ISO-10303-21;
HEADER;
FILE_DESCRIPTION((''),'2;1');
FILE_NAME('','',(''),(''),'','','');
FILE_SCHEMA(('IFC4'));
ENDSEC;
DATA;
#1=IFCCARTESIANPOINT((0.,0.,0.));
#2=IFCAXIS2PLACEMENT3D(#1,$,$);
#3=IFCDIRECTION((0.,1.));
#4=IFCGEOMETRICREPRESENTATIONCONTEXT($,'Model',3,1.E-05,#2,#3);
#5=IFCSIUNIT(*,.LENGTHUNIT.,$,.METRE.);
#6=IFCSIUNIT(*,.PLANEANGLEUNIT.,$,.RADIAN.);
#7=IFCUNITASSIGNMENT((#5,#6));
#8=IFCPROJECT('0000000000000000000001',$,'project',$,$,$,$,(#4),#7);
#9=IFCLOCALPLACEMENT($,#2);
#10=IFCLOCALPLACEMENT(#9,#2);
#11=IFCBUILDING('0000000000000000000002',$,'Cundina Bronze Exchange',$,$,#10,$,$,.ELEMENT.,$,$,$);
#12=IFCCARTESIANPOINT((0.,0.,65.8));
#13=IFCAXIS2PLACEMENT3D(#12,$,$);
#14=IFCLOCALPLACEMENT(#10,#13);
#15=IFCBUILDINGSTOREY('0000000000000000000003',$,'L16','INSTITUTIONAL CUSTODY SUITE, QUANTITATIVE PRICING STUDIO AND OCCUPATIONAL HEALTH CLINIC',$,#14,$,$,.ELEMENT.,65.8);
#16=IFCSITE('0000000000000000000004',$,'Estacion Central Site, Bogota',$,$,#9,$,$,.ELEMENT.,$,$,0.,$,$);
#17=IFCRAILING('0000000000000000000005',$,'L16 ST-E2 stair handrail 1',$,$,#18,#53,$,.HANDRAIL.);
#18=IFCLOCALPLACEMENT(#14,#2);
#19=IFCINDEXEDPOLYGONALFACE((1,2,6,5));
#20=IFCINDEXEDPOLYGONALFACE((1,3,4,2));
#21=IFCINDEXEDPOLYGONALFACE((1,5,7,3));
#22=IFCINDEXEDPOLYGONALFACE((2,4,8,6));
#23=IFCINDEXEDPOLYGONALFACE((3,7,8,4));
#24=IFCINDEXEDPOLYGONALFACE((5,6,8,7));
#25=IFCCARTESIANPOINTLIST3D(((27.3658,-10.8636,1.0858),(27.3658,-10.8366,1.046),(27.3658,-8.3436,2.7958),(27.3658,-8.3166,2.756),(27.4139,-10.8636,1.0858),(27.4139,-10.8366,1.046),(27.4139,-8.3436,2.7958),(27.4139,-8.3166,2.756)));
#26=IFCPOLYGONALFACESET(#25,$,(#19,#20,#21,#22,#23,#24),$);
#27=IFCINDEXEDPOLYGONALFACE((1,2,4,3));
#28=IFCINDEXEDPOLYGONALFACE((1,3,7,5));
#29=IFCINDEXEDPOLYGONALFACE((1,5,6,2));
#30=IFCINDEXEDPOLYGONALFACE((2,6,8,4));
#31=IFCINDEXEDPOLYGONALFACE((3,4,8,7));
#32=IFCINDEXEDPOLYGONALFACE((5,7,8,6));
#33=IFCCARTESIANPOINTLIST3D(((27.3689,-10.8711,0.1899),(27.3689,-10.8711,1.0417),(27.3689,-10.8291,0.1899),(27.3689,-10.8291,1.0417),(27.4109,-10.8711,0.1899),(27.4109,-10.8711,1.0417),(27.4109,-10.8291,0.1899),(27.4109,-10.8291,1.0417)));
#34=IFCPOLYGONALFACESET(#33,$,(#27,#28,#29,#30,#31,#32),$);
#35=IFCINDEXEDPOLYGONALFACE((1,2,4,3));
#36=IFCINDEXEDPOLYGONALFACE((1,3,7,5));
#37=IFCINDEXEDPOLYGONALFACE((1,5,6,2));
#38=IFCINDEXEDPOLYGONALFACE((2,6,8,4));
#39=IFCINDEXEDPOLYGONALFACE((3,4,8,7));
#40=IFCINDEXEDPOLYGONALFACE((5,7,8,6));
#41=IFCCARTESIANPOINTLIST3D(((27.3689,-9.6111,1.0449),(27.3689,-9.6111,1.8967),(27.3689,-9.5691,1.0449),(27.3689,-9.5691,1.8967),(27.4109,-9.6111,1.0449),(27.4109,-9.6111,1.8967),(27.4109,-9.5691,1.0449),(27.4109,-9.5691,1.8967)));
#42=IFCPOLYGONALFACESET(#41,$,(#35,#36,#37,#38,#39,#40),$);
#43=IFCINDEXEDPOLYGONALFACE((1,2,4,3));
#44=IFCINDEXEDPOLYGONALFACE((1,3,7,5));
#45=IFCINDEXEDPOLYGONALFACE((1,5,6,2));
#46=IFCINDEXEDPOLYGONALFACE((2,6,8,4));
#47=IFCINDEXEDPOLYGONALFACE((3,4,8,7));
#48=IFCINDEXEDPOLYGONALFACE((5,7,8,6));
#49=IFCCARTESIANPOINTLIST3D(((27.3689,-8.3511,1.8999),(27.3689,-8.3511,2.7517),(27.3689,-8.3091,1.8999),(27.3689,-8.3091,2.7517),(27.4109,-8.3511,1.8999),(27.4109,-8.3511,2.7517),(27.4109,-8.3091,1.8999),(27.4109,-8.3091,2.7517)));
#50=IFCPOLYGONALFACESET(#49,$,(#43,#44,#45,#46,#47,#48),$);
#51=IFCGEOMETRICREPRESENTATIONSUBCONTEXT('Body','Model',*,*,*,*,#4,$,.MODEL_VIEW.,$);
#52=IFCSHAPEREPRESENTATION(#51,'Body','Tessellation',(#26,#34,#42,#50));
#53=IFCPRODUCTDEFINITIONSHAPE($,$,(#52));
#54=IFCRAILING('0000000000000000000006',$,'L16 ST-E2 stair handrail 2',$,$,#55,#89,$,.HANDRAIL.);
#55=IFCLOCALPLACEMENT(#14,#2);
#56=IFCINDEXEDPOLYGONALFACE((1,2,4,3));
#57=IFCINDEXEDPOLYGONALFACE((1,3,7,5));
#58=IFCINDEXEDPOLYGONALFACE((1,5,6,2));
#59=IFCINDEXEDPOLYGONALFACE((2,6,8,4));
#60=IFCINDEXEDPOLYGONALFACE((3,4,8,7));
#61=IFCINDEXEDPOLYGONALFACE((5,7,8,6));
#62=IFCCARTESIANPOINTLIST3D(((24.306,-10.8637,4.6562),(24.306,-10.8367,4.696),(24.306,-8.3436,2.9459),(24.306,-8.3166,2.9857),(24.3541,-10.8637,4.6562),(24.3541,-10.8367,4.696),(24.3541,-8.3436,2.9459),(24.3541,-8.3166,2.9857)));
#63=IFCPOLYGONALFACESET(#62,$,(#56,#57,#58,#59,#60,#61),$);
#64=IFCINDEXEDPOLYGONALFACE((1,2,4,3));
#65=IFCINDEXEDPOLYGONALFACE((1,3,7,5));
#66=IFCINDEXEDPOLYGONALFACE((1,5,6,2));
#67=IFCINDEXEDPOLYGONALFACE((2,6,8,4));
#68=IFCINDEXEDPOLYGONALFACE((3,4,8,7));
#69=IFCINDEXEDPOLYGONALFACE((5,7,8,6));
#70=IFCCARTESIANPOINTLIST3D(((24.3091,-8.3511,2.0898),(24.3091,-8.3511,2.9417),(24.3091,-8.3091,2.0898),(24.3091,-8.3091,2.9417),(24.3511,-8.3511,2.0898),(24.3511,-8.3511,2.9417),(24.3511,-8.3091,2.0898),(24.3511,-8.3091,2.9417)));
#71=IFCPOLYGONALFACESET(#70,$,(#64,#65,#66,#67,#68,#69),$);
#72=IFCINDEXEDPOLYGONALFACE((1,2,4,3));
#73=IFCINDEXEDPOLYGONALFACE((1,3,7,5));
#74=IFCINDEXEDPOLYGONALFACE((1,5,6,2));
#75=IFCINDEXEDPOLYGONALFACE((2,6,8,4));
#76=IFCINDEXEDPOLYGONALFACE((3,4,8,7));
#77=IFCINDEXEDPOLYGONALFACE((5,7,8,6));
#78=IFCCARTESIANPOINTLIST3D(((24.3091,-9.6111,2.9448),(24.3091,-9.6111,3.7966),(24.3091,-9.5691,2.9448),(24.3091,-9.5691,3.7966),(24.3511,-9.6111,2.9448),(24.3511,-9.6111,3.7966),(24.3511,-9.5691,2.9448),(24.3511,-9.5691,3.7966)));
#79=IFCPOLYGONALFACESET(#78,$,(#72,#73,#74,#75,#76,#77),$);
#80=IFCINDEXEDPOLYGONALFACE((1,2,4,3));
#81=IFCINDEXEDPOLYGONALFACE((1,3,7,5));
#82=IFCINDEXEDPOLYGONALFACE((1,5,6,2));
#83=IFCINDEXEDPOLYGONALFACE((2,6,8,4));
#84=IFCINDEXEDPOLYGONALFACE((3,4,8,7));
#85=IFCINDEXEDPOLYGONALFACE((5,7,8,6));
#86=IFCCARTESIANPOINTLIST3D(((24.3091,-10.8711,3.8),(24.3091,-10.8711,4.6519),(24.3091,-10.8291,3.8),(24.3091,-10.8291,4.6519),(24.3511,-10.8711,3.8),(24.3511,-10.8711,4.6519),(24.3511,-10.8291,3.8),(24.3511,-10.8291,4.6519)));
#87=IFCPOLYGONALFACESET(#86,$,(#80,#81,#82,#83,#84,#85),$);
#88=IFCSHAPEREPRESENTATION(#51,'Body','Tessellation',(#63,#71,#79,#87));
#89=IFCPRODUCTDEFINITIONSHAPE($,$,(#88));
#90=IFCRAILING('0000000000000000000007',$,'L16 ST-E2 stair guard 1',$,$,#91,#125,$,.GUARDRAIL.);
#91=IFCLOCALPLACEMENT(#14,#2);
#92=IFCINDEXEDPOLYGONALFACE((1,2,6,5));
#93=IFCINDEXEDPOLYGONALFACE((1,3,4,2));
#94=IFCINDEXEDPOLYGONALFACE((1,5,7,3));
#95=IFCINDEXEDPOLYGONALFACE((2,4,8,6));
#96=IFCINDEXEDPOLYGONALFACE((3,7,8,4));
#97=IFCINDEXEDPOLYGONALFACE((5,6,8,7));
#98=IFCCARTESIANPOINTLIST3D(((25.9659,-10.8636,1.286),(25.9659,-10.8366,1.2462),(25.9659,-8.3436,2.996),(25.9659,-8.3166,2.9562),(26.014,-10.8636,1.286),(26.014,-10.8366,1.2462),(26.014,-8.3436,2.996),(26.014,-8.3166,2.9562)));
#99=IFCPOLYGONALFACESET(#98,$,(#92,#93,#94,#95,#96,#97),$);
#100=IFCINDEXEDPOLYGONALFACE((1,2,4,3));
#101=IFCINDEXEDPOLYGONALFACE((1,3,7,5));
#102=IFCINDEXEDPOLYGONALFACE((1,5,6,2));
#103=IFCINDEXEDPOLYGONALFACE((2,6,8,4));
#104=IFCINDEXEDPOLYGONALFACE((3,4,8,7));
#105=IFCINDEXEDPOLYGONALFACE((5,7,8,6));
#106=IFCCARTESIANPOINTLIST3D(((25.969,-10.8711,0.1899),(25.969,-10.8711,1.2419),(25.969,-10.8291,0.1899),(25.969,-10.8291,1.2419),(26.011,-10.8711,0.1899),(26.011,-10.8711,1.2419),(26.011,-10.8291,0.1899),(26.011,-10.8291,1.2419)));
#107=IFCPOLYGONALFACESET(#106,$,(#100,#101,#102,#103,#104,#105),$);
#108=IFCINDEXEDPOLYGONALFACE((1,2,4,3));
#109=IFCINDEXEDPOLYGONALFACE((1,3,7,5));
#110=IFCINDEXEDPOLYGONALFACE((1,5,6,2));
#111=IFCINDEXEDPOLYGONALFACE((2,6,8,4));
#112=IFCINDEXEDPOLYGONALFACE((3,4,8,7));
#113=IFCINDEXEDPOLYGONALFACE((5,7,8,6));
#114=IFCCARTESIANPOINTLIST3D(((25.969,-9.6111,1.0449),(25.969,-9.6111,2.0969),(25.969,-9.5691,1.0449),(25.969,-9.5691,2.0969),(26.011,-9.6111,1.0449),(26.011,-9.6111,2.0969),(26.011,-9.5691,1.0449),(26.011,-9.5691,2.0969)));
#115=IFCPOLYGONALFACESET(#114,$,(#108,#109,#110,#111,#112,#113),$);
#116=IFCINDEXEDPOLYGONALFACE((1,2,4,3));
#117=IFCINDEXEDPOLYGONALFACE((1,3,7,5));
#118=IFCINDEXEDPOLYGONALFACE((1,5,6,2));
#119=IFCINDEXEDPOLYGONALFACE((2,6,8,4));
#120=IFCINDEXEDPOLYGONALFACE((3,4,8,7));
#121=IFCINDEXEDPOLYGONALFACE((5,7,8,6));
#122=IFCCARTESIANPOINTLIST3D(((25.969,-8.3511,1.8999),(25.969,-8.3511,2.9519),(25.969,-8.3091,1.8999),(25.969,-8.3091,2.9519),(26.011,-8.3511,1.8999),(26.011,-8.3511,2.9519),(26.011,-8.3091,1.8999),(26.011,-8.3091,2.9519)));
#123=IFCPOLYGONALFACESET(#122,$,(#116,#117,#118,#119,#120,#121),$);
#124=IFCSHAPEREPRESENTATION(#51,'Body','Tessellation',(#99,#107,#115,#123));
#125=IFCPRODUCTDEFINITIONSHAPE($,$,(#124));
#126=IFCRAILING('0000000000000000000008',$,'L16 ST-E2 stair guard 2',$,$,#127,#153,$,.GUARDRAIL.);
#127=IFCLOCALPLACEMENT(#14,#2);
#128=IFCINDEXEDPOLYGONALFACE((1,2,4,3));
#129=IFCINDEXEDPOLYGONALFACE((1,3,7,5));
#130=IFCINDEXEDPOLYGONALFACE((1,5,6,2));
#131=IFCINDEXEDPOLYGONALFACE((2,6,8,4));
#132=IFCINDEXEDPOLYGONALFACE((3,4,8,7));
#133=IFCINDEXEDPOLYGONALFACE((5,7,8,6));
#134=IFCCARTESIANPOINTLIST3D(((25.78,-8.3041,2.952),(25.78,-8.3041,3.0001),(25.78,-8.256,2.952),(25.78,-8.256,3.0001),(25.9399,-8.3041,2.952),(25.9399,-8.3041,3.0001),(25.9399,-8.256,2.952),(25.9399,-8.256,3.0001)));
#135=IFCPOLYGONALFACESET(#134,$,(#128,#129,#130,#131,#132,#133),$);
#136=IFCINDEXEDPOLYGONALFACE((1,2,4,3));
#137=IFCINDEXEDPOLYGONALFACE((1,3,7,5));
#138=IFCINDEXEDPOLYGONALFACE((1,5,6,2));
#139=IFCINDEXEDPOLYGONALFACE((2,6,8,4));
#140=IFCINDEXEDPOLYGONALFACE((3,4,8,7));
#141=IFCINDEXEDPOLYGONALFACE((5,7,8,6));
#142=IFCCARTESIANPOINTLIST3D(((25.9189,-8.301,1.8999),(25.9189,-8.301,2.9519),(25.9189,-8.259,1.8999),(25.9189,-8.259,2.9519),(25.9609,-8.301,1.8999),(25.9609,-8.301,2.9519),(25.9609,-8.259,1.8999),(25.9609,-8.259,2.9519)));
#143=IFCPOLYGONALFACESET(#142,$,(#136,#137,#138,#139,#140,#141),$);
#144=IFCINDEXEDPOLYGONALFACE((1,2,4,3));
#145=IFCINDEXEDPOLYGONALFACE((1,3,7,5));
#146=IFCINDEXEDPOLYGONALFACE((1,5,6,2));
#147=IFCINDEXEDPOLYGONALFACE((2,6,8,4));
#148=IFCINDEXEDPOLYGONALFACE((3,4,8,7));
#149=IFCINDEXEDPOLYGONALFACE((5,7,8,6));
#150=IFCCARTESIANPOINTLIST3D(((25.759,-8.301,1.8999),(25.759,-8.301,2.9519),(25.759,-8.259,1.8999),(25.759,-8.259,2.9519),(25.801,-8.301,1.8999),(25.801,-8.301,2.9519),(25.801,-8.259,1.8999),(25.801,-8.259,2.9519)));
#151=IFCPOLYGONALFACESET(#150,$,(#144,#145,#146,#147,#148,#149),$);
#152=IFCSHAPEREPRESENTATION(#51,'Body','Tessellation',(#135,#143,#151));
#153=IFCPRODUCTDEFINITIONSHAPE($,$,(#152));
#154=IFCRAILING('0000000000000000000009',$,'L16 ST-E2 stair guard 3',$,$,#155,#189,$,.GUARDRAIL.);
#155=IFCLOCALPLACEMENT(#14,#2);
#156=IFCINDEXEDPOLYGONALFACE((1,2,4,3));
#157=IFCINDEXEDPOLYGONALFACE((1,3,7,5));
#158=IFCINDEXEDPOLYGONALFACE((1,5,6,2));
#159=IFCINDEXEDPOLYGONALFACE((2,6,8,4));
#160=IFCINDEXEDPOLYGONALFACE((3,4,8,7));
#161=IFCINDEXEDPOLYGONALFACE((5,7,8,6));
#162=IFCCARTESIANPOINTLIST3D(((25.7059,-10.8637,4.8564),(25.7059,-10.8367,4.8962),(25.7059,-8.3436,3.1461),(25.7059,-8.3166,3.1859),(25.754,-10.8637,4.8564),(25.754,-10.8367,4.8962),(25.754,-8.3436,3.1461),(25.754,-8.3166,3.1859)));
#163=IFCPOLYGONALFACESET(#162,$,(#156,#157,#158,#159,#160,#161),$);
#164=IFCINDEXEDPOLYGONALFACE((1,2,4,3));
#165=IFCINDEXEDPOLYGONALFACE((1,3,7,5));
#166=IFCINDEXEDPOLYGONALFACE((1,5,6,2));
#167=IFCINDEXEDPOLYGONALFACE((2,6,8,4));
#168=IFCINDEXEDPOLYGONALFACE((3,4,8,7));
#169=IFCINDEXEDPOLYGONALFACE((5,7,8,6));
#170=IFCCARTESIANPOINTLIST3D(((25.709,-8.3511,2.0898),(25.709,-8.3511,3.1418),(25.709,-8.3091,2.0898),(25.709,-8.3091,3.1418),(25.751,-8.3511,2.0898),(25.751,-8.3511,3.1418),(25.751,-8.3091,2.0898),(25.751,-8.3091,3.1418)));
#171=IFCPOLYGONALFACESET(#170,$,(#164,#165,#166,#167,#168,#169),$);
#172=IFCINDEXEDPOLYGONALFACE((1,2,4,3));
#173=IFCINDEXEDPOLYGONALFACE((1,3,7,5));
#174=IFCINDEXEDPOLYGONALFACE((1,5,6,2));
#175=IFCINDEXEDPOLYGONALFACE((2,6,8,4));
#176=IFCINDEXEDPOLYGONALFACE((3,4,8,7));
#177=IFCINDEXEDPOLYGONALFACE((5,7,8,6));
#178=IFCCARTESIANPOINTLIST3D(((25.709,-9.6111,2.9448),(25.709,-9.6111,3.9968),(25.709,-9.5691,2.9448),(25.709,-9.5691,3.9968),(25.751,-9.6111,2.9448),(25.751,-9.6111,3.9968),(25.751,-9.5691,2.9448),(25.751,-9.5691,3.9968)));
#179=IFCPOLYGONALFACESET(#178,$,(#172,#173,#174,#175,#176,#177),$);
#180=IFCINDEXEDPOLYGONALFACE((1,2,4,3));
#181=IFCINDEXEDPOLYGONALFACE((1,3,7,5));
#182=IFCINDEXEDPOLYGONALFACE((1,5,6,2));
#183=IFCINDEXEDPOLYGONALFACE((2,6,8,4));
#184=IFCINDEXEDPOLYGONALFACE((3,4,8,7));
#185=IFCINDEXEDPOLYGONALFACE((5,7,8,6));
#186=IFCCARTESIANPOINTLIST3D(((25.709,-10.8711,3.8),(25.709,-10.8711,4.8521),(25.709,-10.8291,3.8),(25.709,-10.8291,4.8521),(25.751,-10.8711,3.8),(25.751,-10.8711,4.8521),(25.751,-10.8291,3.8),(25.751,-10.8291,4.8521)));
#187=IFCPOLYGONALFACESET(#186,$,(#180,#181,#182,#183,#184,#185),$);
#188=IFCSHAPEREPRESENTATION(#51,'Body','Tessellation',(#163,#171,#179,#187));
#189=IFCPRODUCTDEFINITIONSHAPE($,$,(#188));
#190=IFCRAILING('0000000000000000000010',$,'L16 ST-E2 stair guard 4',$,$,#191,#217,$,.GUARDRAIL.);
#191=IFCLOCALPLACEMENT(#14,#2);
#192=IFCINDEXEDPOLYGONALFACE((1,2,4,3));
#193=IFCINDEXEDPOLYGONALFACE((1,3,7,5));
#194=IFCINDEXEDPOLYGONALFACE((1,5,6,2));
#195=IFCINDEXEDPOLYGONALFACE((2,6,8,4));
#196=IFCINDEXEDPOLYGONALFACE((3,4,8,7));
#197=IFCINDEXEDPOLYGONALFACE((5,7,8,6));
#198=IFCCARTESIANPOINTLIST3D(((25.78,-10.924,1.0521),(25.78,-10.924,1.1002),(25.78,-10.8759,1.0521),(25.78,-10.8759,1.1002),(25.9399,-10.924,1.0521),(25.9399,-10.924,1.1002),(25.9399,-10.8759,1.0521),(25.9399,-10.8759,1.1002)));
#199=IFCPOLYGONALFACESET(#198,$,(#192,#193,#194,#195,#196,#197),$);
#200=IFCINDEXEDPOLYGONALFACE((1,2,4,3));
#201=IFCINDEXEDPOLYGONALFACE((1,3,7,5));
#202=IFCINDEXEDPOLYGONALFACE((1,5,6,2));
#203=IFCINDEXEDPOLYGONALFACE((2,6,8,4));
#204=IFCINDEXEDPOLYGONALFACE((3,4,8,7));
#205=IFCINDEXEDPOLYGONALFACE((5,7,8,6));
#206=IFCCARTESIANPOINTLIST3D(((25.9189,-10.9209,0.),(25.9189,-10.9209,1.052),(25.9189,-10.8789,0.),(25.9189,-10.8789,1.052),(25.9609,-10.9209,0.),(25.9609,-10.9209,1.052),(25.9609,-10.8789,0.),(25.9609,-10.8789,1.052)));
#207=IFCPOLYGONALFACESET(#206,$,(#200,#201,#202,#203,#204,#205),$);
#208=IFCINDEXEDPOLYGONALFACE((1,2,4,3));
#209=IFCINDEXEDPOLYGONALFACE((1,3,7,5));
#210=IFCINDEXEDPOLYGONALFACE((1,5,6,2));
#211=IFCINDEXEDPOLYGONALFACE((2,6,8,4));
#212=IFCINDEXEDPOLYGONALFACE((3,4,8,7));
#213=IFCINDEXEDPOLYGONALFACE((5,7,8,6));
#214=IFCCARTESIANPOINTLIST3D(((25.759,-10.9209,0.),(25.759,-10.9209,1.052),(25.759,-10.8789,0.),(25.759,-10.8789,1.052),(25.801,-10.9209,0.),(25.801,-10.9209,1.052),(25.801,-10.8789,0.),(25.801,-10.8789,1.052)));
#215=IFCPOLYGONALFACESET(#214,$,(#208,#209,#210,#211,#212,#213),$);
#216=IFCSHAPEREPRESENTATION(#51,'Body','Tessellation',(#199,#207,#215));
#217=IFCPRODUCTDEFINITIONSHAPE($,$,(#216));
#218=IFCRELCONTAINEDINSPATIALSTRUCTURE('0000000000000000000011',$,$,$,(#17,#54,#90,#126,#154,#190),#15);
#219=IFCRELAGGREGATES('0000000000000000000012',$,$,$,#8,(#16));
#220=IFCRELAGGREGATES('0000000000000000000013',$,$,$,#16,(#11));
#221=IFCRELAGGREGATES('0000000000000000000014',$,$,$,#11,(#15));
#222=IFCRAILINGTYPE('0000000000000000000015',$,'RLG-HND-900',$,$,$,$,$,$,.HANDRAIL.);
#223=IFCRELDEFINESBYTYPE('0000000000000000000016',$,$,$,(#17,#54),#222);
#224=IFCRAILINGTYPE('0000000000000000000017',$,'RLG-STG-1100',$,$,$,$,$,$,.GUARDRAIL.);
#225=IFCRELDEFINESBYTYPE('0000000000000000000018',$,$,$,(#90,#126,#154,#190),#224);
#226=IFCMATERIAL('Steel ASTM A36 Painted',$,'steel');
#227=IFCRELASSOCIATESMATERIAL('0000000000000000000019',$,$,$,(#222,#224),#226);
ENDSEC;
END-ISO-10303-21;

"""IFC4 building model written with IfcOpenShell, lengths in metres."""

from ifc_helpers import new_model, si_unit, direction, frame, origin, origin_2d, place, context, subcontext, project, spatial, rectangle, extrude, material, type_object, element, save


model = new_model("IFC4")

# Units and contexts
model_context = context("Model", 3, precision=1e-05, world=origin(), true_north=direction((0.0, 1.0)))
body_context = subcontext(model_context, "Body", "Model", "MODEL_VIEW")
ifc_project = project(units=[si_unit("LENGTHUNIT", "METRE"), si_unit("PLANEANGLEUNIT", "RADIAN")], contexts=[model_context])

# Site, building, storey
site_placement = place(None, origin())
site = spatial("IfcSite", under=ifc_project, at=site_placement, Name="Estacion Central Site, Bogota", CompositionType="ELEMENT", RefElevation=0.0)
building_placement = place(site_placement, origin())
building = spatial("IfcBuilding", under=site, at=building_placement, Name="Cundina Bronze Exchange", CompositionType="ELEMENT")
storey_placement = place(building_placement, frame((0.0, 0.0, 65.8)))
storey = spatial("IfcBuildingStorey", under=building, at=storey_placement, Name="L16", Description="INSTITUTIONAL CUSTODY SUITE, QUANTITATIVE PRICING STUDIO AND OCCUPATIONAL HEALTH CLINIC", CompositionType="ELEMENT", Elevation=65.8)

# Shared definitions
ifc_material_1 = material(Name="Steel ASTM A36 Painted", Category="steel")

# Railings
railing_type_1 = type_object("IfcRailingType", Name="RLG-HND-900", PredefinedType="HANDRAIL", material=ifc_material_1)
railing_1_placement = place(storey_placement, frame((27.3899, -10.8501, 0.1899)))
element("IfcRailing", 1, at=railing_1_placement, inside=storey, type_object=railing_type_1, Name="L16 ST-E2 stair handrail 1", PredefinedType="HANDRAIL", context=body_context, shape_type="SweptSolid", body=[
    extrude(rectangle(XDim=0.0481, YDim=0.0481, at=origin_2d()), frame((0.0, 0.0, 0.876), z_axis=(0.0, 0.827484, 0.56149), x_axis=(-1.0, 0.0, 0.0)), (0.0, 0.0, 1.0), 3.0454),
    extrude(rectangle(XDim=0.042, YDim=0.042, at=origin_2d()), origin(), (0.0, 0.0, 1.0), 0.8518),
    extrude(rectangle(XDim=0.042, YDim=0.042, at=origin_2d()), frame((0.0, 1.26, 0.855)), (0.0, 0.0, 1.0), 0.8518),
    extrude(rectangle(XDim=0.042, YDim=0.042, at=origin_2d()), frame((0.0, 2.52, 1.71)), (0.0, 0.0, 1.0), 0.8518),
])
railing_2_placement = place(storey_placement, frame((24.3301, -8.3301, 2.0898)))
element("IfcRailing", 2, at=railing_2_placement, inside=storey, type_object=railing_type_1, Name="L16 ST-E2 stair handrail 2", PredefinedType="HANDRAIL", context=body_context, shape_type="SweptSolid", body=[
    extrude(rectangle(XDim=0.0481, YDim=0.0481, at=origin_2d()), frame((0.0, 0.0, 0.876), z_axis=(0.0, -0.827447, 0.561545), x_axis=(1.0, 0.0, 0.0)), (0.0, 0.0, 1.0), 3.0457),
    extrude(rectangle(XDim=0.042, YDim=0.042, at=origin_2d()), origin(), (0.0, 0.0, 1.0), 0.8518),
    extrude(rectangle(XDim=0.042, YDim=0.042, at=origin_2d()), frame((0.0, -1.26, 0.855)), (0.0, 0.0, 1.0), 0.8518),
    extrude(rectangle(XDim=0.042, YDim=0.042, at=origin_2d()), frame((0.0, -2.52, 1.7102)), (0.0, 0.0, 1.0), 0.8518),
])
railing_type_2 = type_object("IfcRailingType", Name="RLG-STG-1100", PredefinedType="GUARDRAIL", material=ifc_material_1)
railing_3_placement = place(storey_placement, frame((25.99, -10.8501, 0.1899)))
element("IfcRailing", 3, at=railing_3_placement, inside=storey, type_object=railing_type_2, Name="L16 ST-E2 stair guard 1", PredefinedType="GUARDRAIL", context=body_context, shape_type="SweptSolid", body=[
    extrude(rectangle(XDim=0.0481, YDim=0.0481, at=origin_2d()), frame((0.0, 0.0, 1.0762), z_axis=(0.0, 0.827484, 0.56149), x_axis=(-1.0, 0.0, 0.0)), (0.0, 0.0, 1.0), 3.0454),
    extrude(rectangle(XDim=0.042, YDim=0.042, at=origin_2d()), origin(), (0.0, 0.0, 1.0), 1.052),
    extrude(rectangle(XDim=0.042, YDim=0.042, at=origin_2d()), frame((0.0, 1.26, 0.855)), (0.0, 0.0, 1.0), 1.052),
    extrude(rectangle(XDim=0.042, YDim=0.042, at=origin_2d()), frame((0.0, 2.52, 1.71)), (0.0, 0.0, 1.0), 1.052),
])
railing_4_placement = place(storey_placement, frame((25.9399, -8.28, 1.8999)))
element("IfcRailing", 4, at=railing_4_placement, inside=storey, type_object=railing_type_2, Name="L16 ST-E2 stair guard 2", PredefinedType="GUARDRAIL", context=body_context, shape_type="SweptSolid", body=[
    extrude(rectangle(XDim=0.0481, YDim=0.0481, at=origin_2d()), frame((0.0, 0.0, 1.0762), z_axis=(-1.0, 0.0, 0.0), x_axis=(0.0, -1.0, 0.0)), (0.0, 0.0, 1.0), 0.1599),
    extrude(rectangle(XDim=0.042, YDim=0.042, at=origin_2d()), origin(), (0.0, 0.0, 1.0), 1.052),
    extrude(rectangle(XDim=0.042, YDim=0.042, at=origin_2d()), frame((-0.1599, 0.0, 0.0)), (0.0, 0.0, 1.0), 1.052),
])
railing_5_placement = place(storey_placement, frame((25.73, -8.3301, 2.0898)))
element("IfcRailing", 5, at=railing_5_placement, inside=storey, type_object=railing_type_2, Name="L16 ST-E2 stair guard 3", PredefinedType="GUARDRAIL", context=body_context, shape_type="SweptSolid", body=[
    extrude(rectangle(XDim=0.0481, YDim=0.0481, at=origin_2d()), frame((0.0, 0.0, 1.0762), z_axis=(0.0, -0.827447, 0.561545), x_axis=(1.0, 0.0, 0.0)), (0.0, 0.0, 1.0), 3.0457),
    extrude(rectangle(XDim=0.042, YDim=0.042, at=origin_2d()), origin(), (0.0, 0.0, 1.0), 1.052),
    extrude(rectangle(XDim=0.042, YDim=0.042, at=origin_2d()), frame((0.0, -1.26, 0.855)), (0.0, 0.0, 1.0), 1.052),
    extrude(rectangle(XDim=0.042, YDim=0.042, at=origin_2d()), frame((0.0, -2.52, 1.7102)), (0.0, 0.0, 1.0), 1.052),
])
railing_6_placement = place(storey_placement, frame((25.9399, -10.8999, 0.0)))
element("IfcRailing", 6, at=railing_6_placement, inside=storey, type_object=railing_type_2, Name="L16 ST-E2 stair guard 4", PredefinedType="GUARDRAIL", context=body_context, shape_type="SweptSolid", body=[
    extrude(rectangle(XDim=0.0481, YDim=0.0481, at=origin_2d()), frame((0.0, 0.0, 1.0762), z_axis=(-1.0, 0.0, 0.0), x_axis=(0.0, -1.0, 0.0)), (0.0, 0.0, 1.0), 0.1599),
    extrude(rectangle(XDim=0.042, YDim=0.042, at=origin_2d()), origin(), (0.0, 0.0, 1.0), 1.052),
    extrude(rectangle(XDim=0.042, YDim=0.042, at=origin_2d()), frame((-0.1599, 0.0, 0.0)), (0.0, 0.0, 1.0), 1.052),
])

save(model, "model.ifc")
